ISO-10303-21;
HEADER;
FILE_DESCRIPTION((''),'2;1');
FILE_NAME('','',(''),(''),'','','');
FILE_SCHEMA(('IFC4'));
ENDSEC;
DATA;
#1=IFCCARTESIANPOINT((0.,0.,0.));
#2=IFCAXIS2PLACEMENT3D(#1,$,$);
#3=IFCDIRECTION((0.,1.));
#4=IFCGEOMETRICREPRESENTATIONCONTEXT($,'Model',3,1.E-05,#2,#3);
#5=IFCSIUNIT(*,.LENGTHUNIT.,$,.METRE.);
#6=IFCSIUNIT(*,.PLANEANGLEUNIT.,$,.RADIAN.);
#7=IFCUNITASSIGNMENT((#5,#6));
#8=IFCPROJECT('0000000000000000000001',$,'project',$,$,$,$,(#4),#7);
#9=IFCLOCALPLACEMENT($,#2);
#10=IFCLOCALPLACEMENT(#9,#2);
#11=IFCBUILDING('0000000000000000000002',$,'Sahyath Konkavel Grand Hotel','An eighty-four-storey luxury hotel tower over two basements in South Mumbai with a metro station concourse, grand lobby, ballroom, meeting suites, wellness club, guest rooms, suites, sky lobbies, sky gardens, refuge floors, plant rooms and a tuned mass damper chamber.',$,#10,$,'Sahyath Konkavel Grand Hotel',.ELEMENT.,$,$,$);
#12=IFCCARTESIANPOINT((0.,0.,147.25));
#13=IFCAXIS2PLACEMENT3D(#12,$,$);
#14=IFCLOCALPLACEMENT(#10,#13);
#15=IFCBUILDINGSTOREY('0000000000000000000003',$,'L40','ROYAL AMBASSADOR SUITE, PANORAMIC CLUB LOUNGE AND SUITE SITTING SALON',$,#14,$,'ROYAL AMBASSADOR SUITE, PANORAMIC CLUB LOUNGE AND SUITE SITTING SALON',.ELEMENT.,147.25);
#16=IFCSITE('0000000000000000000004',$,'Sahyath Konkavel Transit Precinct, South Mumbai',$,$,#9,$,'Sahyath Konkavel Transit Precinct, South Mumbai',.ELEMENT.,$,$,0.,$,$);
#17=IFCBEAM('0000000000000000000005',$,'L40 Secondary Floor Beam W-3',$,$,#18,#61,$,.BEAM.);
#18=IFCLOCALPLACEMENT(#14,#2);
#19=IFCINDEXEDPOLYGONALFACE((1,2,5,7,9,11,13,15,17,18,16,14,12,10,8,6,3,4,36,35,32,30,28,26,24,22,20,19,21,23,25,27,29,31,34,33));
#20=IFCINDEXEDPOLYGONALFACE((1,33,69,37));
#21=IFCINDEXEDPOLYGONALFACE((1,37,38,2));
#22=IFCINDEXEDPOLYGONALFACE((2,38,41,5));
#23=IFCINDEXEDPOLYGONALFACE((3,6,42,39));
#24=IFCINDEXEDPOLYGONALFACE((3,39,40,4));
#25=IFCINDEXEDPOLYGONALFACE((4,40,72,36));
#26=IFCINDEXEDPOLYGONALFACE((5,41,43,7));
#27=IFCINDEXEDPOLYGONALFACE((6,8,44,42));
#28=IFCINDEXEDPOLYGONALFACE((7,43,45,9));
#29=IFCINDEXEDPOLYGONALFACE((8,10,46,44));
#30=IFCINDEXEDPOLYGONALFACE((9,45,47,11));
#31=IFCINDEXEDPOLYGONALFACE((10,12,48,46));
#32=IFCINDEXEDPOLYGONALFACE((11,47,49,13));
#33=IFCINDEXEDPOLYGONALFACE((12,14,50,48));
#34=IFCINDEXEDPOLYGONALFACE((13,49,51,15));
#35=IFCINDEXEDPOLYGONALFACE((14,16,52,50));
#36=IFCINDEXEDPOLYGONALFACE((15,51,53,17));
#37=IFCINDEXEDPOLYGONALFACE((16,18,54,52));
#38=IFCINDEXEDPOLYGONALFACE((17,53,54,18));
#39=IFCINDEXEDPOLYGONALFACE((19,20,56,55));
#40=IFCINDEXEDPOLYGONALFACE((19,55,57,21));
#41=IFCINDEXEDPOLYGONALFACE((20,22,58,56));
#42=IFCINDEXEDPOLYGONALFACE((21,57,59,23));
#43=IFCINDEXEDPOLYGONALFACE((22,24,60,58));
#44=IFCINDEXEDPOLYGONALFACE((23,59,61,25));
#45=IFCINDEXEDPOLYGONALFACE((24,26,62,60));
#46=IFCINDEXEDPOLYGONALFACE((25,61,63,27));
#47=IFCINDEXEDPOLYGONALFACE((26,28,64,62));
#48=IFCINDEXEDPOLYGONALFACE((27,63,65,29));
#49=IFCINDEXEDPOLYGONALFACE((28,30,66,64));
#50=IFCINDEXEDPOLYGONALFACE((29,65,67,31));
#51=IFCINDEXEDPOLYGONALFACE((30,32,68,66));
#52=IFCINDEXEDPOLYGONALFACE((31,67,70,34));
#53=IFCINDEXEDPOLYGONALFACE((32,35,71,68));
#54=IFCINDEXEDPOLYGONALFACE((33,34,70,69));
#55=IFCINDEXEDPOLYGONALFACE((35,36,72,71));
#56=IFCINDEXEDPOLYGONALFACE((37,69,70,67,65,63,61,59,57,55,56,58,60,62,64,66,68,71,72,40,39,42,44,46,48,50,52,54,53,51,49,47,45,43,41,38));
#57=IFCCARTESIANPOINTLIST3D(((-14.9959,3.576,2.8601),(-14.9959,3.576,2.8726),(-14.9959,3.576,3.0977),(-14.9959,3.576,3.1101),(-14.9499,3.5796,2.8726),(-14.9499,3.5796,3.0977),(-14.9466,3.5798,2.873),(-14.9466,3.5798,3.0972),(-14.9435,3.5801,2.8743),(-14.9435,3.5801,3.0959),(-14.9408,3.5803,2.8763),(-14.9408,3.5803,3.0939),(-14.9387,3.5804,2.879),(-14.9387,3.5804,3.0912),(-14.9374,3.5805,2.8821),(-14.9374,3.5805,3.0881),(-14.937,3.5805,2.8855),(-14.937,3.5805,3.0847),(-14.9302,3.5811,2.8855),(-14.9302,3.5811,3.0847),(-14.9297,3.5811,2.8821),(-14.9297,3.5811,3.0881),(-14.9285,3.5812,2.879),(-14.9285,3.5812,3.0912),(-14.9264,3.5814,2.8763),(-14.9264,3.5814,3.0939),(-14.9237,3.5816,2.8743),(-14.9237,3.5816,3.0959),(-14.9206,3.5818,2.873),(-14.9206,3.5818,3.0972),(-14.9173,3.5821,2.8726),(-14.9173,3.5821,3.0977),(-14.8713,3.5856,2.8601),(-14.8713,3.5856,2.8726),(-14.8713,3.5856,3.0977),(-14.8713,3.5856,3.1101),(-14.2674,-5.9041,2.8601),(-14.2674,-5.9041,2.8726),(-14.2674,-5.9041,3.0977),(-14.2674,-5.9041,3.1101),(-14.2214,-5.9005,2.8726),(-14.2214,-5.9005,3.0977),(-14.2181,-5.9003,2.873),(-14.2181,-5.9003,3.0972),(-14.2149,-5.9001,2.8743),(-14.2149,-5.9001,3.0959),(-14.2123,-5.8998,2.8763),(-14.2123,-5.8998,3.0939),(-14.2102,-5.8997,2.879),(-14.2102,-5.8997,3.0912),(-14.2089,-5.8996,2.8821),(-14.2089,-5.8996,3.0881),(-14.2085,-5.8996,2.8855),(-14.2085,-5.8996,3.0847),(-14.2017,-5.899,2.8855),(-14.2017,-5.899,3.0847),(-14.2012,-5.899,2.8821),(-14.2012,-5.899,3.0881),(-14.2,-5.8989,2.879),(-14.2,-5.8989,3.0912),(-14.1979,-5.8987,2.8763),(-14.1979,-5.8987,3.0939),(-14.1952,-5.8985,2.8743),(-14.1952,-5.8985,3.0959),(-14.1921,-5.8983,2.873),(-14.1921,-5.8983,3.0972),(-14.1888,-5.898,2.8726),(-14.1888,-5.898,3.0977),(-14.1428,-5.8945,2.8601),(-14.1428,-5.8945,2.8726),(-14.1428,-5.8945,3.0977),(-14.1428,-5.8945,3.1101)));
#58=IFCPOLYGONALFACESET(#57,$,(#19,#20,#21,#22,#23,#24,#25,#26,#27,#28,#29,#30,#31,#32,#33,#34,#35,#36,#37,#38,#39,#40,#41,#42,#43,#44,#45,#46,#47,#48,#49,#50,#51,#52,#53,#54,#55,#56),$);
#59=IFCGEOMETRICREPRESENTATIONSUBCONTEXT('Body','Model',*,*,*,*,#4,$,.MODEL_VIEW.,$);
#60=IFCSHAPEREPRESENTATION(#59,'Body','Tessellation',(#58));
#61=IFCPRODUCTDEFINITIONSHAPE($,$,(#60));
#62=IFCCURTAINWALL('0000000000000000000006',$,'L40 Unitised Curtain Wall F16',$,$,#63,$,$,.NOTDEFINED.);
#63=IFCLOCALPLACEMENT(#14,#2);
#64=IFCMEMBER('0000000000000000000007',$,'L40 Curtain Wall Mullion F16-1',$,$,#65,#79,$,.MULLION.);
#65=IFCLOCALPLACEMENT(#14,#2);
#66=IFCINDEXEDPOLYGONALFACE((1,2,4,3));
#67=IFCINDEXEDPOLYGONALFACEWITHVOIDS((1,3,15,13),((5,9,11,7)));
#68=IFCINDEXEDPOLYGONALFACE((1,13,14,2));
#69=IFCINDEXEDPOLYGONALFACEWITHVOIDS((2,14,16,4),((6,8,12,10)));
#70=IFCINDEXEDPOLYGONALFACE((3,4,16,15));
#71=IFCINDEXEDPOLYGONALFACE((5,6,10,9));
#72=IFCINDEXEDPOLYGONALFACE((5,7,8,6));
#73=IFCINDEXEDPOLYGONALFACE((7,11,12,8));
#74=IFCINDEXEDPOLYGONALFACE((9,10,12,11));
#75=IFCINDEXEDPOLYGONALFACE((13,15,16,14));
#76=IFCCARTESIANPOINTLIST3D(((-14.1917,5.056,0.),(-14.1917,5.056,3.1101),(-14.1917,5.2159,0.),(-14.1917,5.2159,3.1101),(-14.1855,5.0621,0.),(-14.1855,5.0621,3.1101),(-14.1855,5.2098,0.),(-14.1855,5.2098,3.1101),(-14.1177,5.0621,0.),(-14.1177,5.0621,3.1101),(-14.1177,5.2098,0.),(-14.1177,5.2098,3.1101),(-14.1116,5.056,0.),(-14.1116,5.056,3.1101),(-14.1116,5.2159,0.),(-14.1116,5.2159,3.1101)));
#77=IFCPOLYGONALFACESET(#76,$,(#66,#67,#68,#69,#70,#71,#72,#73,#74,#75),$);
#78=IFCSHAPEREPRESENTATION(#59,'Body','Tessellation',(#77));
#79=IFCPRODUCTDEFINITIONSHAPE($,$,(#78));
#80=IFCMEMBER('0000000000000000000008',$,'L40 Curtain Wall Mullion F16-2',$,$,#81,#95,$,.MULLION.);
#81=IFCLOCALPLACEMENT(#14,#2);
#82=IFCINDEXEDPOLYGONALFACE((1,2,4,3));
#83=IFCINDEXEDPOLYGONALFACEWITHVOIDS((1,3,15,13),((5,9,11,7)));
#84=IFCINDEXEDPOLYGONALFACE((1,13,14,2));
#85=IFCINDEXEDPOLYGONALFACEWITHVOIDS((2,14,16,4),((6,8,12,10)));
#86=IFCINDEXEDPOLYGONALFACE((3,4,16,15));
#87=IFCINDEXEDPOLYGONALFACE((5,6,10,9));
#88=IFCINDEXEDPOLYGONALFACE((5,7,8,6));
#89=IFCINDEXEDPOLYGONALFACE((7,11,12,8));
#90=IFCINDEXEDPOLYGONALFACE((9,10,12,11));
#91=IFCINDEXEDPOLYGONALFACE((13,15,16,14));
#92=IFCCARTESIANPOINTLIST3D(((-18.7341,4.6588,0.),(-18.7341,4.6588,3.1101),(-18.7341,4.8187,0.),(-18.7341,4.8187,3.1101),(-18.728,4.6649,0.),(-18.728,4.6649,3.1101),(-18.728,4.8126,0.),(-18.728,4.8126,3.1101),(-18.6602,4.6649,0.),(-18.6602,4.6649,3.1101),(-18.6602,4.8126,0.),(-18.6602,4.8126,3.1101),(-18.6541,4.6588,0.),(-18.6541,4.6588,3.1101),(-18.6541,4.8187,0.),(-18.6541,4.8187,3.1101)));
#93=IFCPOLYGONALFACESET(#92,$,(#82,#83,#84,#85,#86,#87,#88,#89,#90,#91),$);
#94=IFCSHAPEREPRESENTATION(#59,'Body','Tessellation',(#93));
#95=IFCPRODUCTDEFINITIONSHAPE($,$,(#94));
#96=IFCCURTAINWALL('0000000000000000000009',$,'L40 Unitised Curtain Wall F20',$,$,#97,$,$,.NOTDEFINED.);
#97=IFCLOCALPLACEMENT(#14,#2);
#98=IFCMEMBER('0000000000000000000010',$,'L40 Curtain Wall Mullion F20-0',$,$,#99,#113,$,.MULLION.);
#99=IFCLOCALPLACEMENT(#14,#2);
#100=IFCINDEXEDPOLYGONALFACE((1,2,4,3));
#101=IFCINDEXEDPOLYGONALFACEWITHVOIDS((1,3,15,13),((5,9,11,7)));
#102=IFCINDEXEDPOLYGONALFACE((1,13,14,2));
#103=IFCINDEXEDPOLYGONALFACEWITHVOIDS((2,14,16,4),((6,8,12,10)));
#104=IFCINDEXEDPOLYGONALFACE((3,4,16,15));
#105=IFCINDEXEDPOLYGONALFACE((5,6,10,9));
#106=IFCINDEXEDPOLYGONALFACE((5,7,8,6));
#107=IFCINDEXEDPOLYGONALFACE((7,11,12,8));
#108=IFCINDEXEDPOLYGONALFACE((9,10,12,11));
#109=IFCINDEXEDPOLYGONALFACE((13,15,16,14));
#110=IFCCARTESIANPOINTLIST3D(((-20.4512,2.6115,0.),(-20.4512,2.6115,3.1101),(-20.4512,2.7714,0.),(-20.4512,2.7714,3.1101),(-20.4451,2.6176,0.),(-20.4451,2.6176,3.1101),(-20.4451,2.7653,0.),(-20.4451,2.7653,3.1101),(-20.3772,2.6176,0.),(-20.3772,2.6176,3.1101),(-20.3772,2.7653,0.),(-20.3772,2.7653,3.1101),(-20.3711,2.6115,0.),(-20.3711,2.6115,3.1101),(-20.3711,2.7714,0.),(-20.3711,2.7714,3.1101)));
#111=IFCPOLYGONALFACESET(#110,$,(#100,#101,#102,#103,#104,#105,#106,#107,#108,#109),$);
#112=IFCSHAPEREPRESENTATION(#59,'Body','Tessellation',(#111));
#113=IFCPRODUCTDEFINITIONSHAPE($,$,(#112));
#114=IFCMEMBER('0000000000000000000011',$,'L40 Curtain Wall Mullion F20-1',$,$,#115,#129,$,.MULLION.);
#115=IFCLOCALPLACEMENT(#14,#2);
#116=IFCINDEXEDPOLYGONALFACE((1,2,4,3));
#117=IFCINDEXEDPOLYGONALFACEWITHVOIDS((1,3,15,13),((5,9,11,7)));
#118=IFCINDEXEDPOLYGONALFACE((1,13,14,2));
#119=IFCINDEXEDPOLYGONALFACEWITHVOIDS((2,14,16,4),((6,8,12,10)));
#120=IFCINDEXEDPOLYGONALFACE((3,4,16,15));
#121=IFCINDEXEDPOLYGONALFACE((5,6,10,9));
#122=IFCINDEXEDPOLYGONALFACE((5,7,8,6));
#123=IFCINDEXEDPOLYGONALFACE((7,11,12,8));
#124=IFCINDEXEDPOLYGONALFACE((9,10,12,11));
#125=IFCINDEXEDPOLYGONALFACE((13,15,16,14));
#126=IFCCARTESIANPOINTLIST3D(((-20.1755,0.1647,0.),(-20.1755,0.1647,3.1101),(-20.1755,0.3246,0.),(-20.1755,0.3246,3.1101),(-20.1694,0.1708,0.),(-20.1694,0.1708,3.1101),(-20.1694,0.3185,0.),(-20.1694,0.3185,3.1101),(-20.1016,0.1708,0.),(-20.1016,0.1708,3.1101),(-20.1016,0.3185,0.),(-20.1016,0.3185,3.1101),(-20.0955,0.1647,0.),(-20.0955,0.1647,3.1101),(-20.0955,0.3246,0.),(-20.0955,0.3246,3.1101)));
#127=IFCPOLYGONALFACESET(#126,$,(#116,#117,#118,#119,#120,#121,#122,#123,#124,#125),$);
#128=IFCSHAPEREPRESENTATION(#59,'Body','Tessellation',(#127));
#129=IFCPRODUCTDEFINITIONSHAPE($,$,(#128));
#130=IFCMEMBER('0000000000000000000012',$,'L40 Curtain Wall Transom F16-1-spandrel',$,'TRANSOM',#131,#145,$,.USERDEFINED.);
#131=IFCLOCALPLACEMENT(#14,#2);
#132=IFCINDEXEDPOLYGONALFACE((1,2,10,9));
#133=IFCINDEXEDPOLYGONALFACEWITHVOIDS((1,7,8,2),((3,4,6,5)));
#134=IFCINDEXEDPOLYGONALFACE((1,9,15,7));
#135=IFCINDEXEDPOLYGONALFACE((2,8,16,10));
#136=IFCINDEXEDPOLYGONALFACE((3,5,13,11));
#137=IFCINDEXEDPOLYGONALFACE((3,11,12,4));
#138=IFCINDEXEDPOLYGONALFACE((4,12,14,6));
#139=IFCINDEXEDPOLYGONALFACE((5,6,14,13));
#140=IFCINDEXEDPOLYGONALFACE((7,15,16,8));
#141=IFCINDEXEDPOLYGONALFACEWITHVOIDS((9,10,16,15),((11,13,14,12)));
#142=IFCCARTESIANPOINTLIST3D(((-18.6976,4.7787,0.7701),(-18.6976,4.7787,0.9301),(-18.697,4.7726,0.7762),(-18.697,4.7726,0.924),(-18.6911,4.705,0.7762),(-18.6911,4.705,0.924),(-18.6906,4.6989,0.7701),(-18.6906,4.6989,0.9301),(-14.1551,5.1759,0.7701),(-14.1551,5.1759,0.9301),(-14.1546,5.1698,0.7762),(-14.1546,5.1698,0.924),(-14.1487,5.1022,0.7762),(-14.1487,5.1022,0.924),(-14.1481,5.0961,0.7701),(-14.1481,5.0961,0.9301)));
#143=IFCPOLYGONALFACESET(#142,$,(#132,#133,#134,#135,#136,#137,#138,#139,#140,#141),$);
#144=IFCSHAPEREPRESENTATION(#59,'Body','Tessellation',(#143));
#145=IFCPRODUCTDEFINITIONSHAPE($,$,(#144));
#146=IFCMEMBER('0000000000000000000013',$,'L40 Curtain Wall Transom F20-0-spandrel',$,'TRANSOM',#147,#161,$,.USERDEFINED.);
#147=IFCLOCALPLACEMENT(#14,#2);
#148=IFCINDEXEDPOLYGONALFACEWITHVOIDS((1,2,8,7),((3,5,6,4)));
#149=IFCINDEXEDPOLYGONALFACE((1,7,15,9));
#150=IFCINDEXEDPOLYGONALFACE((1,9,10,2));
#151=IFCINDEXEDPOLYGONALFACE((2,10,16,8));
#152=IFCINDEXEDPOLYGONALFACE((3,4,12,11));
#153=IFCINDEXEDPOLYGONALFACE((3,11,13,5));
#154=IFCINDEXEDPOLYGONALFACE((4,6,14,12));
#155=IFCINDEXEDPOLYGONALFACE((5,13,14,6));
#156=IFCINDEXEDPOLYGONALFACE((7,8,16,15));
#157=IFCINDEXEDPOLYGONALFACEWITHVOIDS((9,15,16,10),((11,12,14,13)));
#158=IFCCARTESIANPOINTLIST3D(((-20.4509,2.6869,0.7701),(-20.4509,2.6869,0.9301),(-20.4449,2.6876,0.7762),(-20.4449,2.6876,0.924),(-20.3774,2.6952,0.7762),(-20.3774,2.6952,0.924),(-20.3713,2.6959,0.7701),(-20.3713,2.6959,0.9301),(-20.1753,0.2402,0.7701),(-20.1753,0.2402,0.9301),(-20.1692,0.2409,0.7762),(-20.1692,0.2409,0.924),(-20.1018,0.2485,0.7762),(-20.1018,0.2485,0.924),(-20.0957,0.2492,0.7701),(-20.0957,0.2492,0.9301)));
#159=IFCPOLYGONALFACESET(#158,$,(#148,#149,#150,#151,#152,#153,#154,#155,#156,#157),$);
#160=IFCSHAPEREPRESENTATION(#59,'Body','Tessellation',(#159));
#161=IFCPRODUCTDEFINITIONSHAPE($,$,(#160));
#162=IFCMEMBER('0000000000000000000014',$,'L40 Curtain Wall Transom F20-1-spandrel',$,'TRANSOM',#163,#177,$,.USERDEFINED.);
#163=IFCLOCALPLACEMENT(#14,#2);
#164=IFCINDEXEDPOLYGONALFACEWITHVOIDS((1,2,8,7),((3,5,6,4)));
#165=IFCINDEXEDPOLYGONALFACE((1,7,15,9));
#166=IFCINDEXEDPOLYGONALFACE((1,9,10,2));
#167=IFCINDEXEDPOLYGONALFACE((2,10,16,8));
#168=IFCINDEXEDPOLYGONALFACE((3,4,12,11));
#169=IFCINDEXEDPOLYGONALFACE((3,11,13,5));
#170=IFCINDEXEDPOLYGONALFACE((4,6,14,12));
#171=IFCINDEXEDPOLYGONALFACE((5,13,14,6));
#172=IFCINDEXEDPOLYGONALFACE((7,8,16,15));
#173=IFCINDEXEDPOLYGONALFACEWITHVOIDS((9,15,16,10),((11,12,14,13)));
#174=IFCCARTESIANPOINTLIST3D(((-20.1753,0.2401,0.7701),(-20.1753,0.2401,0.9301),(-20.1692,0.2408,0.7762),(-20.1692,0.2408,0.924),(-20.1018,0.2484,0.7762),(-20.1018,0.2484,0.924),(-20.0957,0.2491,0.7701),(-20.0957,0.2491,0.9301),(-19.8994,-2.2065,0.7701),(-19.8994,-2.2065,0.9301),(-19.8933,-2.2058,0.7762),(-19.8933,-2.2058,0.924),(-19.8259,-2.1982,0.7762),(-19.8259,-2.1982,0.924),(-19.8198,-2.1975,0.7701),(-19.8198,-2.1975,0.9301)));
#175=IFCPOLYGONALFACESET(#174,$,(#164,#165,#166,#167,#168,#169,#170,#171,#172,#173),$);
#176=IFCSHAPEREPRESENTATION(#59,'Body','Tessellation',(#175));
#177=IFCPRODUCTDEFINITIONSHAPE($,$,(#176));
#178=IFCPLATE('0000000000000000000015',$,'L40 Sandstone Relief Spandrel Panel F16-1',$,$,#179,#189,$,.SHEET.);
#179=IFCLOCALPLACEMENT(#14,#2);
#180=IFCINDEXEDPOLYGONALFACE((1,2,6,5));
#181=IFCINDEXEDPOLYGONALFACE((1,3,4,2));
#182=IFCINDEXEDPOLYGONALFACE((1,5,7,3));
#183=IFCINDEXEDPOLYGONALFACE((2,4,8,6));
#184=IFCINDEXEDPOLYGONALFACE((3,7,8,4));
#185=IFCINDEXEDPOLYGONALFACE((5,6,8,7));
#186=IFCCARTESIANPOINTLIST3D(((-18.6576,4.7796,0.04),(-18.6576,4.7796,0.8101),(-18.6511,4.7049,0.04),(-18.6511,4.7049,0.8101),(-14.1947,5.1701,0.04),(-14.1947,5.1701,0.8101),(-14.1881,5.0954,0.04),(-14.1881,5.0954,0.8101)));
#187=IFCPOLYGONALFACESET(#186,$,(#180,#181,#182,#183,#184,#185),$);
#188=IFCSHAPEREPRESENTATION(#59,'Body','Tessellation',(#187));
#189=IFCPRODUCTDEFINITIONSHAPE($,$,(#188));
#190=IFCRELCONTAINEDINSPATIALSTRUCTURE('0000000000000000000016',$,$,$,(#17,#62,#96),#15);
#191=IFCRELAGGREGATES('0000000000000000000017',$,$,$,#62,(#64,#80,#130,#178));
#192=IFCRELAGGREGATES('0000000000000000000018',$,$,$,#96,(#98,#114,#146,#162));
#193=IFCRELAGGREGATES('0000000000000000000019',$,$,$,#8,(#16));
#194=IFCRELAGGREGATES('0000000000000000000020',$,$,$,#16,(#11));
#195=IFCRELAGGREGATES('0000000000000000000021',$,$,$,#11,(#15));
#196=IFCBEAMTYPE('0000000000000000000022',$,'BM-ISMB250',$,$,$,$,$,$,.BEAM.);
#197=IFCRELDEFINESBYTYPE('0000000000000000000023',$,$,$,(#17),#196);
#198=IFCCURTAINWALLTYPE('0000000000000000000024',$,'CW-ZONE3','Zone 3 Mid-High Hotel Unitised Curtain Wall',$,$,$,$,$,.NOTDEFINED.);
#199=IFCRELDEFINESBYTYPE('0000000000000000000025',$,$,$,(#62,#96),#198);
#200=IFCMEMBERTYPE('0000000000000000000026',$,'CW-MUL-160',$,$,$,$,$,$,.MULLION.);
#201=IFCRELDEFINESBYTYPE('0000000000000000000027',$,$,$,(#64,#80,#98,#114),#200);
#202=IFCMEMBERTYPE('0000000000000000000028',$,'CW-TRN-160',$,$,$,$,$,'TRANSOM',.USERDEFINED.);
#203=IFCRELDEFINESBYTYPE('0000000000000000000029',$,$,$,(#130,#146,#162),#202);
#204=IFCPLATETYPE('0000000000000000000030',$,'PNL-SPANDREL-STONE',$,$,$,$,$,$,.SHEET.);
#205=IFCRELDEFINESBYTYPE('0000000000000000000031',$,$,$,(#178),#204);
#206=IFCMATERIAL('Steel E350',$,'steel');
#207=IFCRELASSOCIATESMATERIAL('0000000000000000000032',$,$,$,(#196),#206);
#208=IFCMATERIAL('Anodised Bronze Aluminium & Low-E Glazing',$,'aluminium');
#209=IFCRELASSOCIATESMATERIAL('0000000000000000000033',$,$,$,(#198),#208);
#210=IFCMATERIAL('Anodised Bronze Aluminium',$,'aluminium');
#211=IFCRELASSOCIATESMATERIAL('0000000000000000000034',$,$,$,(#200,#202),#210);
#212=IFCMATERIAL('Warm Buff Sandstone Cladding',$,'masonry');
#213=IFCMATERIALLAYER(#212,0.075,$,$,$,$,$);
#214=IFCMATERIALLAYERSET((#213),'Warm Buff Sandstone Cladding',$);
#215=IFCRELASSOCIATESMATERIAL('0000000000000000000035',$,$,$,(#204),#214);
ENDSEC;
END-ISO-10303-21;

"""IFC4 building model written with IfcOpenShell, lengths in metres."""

from ifc_helpers import new_model, si_unit, direction, frame, origin, origin_2d, place, context, subcontext, project, spatial, rectangle, hollow_rectangle, i_section, extrude, source, transform, mapped, material, layer, layer_set, material_profile, profile_set, type_object, element, aggregate, save


model = new_model("IFC4")

# Units and contexts
model_context = context("Model", 3, precision=1e-05, world=origin(), true_north=direction((0.0, 1.0)))
body_context = subcontext(model_context, "Body", "Model", "MODEL_VIEW")
ifc_project = project(units=[si_unit("LENGTHUNIT", "METRE"), si_unit("PLANEANGLEUNIT", "RADIAN")], contexts=[model_context])

# Site, building, storey
site_placement = place(None, origin())
site = spatial("IfcSite", under=ifc_project, at=site_placement, Name="Sahyath Konkavel Transit Precinct, South Mumbai", LongName="Sahyath Konkavel Transit Precinct, South Mumbai", CompositionType="ELEMENT", RefElevation=0.0)
building_placement = place(site_placement, origin())
building = spatial("IfcBuilding", under=site, at=building_placement, Name="Sahyath Konkavel Grand Hotel", Description="An eighty-four-storey luxury hotel tower over two basements in South Mumbai with a metro station concourse, grand lobby, ballroom, meeting suites, wellness club, guest rooms, suites, sky lobbies, sky gardens, refuge floors, plant rooms and a tuned mass damper chamber.", LongName="Sahyath Konkavel Grand Hotel", CompositionType="ELEMENT")
storey_placement = place(building_placement, frame((0.0, 0.0, 147.25)))
storey = spatial("IfcBuildingStorey", under=building, at=storey_placement, Name="L40", Description="ROYAL AMBASSADOR SUITE, PANORAMIC CLUB LOUNGE AND SUITE SITTING SALON", LongName="ROYAL AMBASSADOR SUITE, PANORAMIC CLUB LOUNGE AND SUITE SITTING SALON", CompositionType="ELEMENT", Elevation=147.25)

# Beam
ifc_material_1 = material(Name="Steel E350", Category="steel")
ifc_material_profile_1 = material_profile(ifc_material_1, i_section(OverallWidth=0.125, OverallDepth=0.25, WebThickness=0.0068, FlangeThickness=0.0125, FilletRadius=0.0129, at=origin_2d()), Name="ISMB 250")
ifc_profile_set_1 = profile_set([ifc_material_profile_1], Name="Steel E350")
beam_type_1 = type_object("IfcBeamType", Name="BM-ISMB250", PredefinedType="BEAM", material=ifc_profile_set_1)
shared_shape_1 = source(origin(), body_context, "Body", "SweptSolid", [
    extrude(i_section(OverallWidth=0.125, OverallDepth=0.25, WebThickness=0.0068, FlangeThickness=0.0125, FilletRadius=0.0129, at=origin_2d()), origin(), (0.0, 0.0, 1.0), 9.5081),
])
beam_1_placement = place(storey_placement, frame((-14.9336, 3.5808, 2.9851), z_axis=(0.07662, -0.99706, 0.0), x_axis=(0.99706, 0.07662, 0.0)))
element("IfcBeam", 1, at=beam_1_placement, inside=storey, type_object=beam_type_1, Name="L40 Secondary Floor Beam W-3", PredefinedType="BEAM", context=body_context, shape_type="MappedRepresentation", body=[
    mapped(shared_shape_1, transform((0.0, 0.0, 0.0), scale=1.0)),
])

# Curtain walls, members
ifc_material_2 = material(Name="Anodised Bronze Aluminium & Low-E Glazing", Category="aluminium")
curtain_wall_type = type_object("IfcCurtainWallType", Name="CW-ZONE3", Description="Zone 3 Mid-High Hotel Unitised Curtain Wall", PredefinedType="NOTDEFINED", material=ifc_material_2)
curtain_wall_1_placement = place(storey_placement, origin())
curtain_wall_1 = element("IfcCurtainWall", 2, at=curtain_wall_1_placement, inside=storey, type_object=curtain_wall_type, Name="L40 Unitised Curtain Wall F16", PredefinedType="NOTDEFINED")
ifc_material_3 = material(Name="Anodised Bronze Aluminium", Category="aluminium")
ifc_material_profile_2 = material_profile(ifc_material_3, hollow_rectangle(XDim=0.0801, YDim=0.1599, WallThickness=0.0061, at=origin_2d()), Name="RHS 160x80x6")
ifc_profile_set_2 = profile_set([ifc_material_profile_2], Name="Anodised Bronze Aluminium")
member_type_1 = type_object("IfcMemberType", Name="CW-MUL-160", PredefinedType="MULLION", material=ifc_profile_set_2)
shared_shape_2 = source(origin(), body_context, "Body", "SweptSolid", [
    extrude(hollow_rectangle(XDim=0.0801, YDim=0.1599, WallThickness=0.0061, at=origin_2d()), origin(), (0.0, 0.0, 1.0), 3.1101),
])
member_1_placement = place(storey_placement, frame((-14.1516, 5.136, 0.0), z_axis=(0.0, 0.0, 1.0), x_axis=(1.0, 0.0, 0.0)))
member_1 = element("IfcMember", 3, at=member_1_placement, type_object=member_type_1, Name="L40 Curtain Wall Mullion F16-1", PredefinedType="MULLION", context=body_context, shape_type="MappedRepresentation", body=[
    mapped(shared_shape_2, transform((0.0, 0.0, 0.0), scale=1.0)),
])
member_2_placement = place(storey_placement, frame((-18.6941, 4.7388, 0.0), z_axis=(0.0, 0.0, 1.0), x_axis=(1.0, 0.0, 0.0)))
member_2 = element("IfcMember", 4, at=member_2_placement, type_object=member_type_1, Name="L40 Curtain Wall Mullion F16-2", PredefinedType="MULLION", context=body_context, shape_type="MappedRepresentation", body=[
    mapped(shared_shape_2, transform((0.0, 0.0, 0.0), scale=1.0)),
])
curtain_wall_2_placement = place(storey_placement, origin())
curtain_wall_2 = element("IfcCurtainWall", 5, at=curtain_wall_2_placement, inside=storey, type_object=curtain_wall_type, Name="L40 Unitised Curtain Wall F20", PredefinedType="NOTDEFINED")
member_3_placement = place(storey_placement, frame((-20.4111, 2.6914, 0.0), z_axis=(0.0, 0.0, 1.0), x_axis=(1.0, 0.0, 0.0)))
member_3 = element("IfcMember", 6, at=member_3_placement, type_object=member_type_1, Name="L40 Curtain Wall Mullion F20-0", PredefinedType="MULLION", context=body_context, shape_type="MappedRepresentation", body=[
    mapped(shared_shape_2, transform((0.0, 0.0, 0.0), scale=1.0)),
])
member_4_placement = place(storey_placement, frame((-20.1355, 0.2446, 0.0), z_axis=(0.0, 0.0, 1.0), x_axis=(1.0, 0.0, 0.0)))
member_4 = element("IfcMember", 7, at=member_4_placement, type_object=member_type_1, Name="L40 Curtain Wall Mullion F20-1", PredefinedType="MULLION", context=body_context, shape_type="MappedRepresentation", body=[
    mapped(shared_shape_2, transform((0.0, 0.0, 0.0), scale=1.0)),
])

# Members
ifc_material_profile_3 = material_profile(ifc_material_3, hollow_rectangle(XDim=0.0801, YDim=0.1599, WallThickness=0.0061, at=origin_2d()), Name="RHS 160x80x6")
ifc_profile_set_3 = profile_set([ifc_material_profile_3], Name="Anodised Bronze Aluminium")
member_type_2 = type_object("IfcMemberType", Name="CW-TRN-160", ElementType="TRANSOM", PredefinedType="USERDEFINED", material=ifc_profile_set_3)
shared_shape_3 = source(origin(), body_context, "Body", "SweptSolid", [
    extrude(hollow_rectangle(XDim=0.0801, YDim=0.1599, WallThickness=0.0061, at=origin_2d()), origin(), (0.0, 0.0, 1.0), 4.5598),
])
member_5_placement = place(storey_placement, frame((-14.1516, 5.136, 0.8501), z_axis=(-0.996198, -0.087112, 0.0), x_axis=(0.087112, -0.996198, 0.0)))
member_5 = element("IfcMember", 8, at=member_5_placement, type_object=member_type_2, Name="L40 Curtain Wall Transom F16-1-spandrel", ObjectType="TRANSOM", PredefinedType="USERDEFINED", context=body_context, shape_type="MappedRepresentation", body=[
    mapped(shared_shape_3, transform((0.0, 0.0, 0.0), scale=1.0)),
])
shared_shape_4 = source(origin(), body_context, "Body", "SweptSolid", [
    extrude(hollow_rectangle(XDim=0.0801, YDim=0.1599, WallThickness=0.0061, at=origin_2d()), origin(), (0.0, 0.0, 1.0), 2.4622),
])
member_6_placement = place(storey_placement, frame((-20.4111, 2.6914, 0.8501), z_axis=(0.111944, -0.993715, 0.0), x_axis=(0.993715, 0.111944, 0.0)))
member_6 = element("IfcMember", 9, at=member_6_placement, type_object=member_type_2, Name="L40 Curtain Wall Transom F20-0-spandrel", ObjectType="TRANSOM", PredefinedType="USERDEFINED", context=body_context, shape_type="MappedRepresentation", body=[
    mapped(shared_shape_4, transform((0.0, 0.0, 0.0), scale=1.0)),
])
member_7_placement = place(storey_placement, frame((-20.1355, 0.2446, 0.8501), z_axis=(0.112053, -0.993702, 0.0), x_axis=(0.993702, 0.112053, 0.0)))
member_7 = element("IfcMember", 10, at=member_7_placement, type_object=member_type_2, Name="L40 Curtain Wall Transom F20-1-spandrel", ObjectType="TRANSOM", PredefinedType="USERDEFINED", context=body_context, shape_type="MappedRepresentation", body=[
    mapped(shared_shape_4, transform((0.0, 0.0, 0.0), scale=1.0)),
])

# Plate
ifc_material_4 = material(Name="Warm Buff Sandstone Cladding", Category="masonry")
ifc_layer_1 = layer(ifc_material_4, 0.075)
ifc_layer_set_1 = layer_set([ifc_layer_1], Name="Warm Buff Sandstone Cladding")
plate_type_1 = type_object("IfcPlateType", Name="PNL-SPANDREL-STONE", PredefinedType="SHEET", material=ifc_layer_set_1)
shared_shape_5 = source(origin(), body_context, "Body", "SweptSolid", [
    extrude(rectangle(XDim=4.48, YDim=0.075, at=origin_2d()), origin(), (0.0, 0.0, 1.0), 0.77),
])
plate_1_placement = place(storey_placement, frame((-16.4229, 4.9375, 0.04), z_axis=(0.0, 0.0, 1.0), x_axis=(-0.996195, -0.087156, 0.0)))
plate_1 = element("IfcPlate", 11, at=plate_1_placement, type_object=plate_type_1, Name="L40 Sandstone Relief Spandrel Panel F16-1", PredefinedType="SHEET", context=body_context, shape_type="MappedRepresentation", body=[
    mapped(shared_shape_5, transform((0.0, 0.0, 0.0), scale=1.0)),
])
aggregate(curtain_wall_1, [member_1, member_2, member_5, plate_1])
aggregate(curtain_wall_2, [member_3, member_4, member_6, member_7])

save(model, "model.ifc")
